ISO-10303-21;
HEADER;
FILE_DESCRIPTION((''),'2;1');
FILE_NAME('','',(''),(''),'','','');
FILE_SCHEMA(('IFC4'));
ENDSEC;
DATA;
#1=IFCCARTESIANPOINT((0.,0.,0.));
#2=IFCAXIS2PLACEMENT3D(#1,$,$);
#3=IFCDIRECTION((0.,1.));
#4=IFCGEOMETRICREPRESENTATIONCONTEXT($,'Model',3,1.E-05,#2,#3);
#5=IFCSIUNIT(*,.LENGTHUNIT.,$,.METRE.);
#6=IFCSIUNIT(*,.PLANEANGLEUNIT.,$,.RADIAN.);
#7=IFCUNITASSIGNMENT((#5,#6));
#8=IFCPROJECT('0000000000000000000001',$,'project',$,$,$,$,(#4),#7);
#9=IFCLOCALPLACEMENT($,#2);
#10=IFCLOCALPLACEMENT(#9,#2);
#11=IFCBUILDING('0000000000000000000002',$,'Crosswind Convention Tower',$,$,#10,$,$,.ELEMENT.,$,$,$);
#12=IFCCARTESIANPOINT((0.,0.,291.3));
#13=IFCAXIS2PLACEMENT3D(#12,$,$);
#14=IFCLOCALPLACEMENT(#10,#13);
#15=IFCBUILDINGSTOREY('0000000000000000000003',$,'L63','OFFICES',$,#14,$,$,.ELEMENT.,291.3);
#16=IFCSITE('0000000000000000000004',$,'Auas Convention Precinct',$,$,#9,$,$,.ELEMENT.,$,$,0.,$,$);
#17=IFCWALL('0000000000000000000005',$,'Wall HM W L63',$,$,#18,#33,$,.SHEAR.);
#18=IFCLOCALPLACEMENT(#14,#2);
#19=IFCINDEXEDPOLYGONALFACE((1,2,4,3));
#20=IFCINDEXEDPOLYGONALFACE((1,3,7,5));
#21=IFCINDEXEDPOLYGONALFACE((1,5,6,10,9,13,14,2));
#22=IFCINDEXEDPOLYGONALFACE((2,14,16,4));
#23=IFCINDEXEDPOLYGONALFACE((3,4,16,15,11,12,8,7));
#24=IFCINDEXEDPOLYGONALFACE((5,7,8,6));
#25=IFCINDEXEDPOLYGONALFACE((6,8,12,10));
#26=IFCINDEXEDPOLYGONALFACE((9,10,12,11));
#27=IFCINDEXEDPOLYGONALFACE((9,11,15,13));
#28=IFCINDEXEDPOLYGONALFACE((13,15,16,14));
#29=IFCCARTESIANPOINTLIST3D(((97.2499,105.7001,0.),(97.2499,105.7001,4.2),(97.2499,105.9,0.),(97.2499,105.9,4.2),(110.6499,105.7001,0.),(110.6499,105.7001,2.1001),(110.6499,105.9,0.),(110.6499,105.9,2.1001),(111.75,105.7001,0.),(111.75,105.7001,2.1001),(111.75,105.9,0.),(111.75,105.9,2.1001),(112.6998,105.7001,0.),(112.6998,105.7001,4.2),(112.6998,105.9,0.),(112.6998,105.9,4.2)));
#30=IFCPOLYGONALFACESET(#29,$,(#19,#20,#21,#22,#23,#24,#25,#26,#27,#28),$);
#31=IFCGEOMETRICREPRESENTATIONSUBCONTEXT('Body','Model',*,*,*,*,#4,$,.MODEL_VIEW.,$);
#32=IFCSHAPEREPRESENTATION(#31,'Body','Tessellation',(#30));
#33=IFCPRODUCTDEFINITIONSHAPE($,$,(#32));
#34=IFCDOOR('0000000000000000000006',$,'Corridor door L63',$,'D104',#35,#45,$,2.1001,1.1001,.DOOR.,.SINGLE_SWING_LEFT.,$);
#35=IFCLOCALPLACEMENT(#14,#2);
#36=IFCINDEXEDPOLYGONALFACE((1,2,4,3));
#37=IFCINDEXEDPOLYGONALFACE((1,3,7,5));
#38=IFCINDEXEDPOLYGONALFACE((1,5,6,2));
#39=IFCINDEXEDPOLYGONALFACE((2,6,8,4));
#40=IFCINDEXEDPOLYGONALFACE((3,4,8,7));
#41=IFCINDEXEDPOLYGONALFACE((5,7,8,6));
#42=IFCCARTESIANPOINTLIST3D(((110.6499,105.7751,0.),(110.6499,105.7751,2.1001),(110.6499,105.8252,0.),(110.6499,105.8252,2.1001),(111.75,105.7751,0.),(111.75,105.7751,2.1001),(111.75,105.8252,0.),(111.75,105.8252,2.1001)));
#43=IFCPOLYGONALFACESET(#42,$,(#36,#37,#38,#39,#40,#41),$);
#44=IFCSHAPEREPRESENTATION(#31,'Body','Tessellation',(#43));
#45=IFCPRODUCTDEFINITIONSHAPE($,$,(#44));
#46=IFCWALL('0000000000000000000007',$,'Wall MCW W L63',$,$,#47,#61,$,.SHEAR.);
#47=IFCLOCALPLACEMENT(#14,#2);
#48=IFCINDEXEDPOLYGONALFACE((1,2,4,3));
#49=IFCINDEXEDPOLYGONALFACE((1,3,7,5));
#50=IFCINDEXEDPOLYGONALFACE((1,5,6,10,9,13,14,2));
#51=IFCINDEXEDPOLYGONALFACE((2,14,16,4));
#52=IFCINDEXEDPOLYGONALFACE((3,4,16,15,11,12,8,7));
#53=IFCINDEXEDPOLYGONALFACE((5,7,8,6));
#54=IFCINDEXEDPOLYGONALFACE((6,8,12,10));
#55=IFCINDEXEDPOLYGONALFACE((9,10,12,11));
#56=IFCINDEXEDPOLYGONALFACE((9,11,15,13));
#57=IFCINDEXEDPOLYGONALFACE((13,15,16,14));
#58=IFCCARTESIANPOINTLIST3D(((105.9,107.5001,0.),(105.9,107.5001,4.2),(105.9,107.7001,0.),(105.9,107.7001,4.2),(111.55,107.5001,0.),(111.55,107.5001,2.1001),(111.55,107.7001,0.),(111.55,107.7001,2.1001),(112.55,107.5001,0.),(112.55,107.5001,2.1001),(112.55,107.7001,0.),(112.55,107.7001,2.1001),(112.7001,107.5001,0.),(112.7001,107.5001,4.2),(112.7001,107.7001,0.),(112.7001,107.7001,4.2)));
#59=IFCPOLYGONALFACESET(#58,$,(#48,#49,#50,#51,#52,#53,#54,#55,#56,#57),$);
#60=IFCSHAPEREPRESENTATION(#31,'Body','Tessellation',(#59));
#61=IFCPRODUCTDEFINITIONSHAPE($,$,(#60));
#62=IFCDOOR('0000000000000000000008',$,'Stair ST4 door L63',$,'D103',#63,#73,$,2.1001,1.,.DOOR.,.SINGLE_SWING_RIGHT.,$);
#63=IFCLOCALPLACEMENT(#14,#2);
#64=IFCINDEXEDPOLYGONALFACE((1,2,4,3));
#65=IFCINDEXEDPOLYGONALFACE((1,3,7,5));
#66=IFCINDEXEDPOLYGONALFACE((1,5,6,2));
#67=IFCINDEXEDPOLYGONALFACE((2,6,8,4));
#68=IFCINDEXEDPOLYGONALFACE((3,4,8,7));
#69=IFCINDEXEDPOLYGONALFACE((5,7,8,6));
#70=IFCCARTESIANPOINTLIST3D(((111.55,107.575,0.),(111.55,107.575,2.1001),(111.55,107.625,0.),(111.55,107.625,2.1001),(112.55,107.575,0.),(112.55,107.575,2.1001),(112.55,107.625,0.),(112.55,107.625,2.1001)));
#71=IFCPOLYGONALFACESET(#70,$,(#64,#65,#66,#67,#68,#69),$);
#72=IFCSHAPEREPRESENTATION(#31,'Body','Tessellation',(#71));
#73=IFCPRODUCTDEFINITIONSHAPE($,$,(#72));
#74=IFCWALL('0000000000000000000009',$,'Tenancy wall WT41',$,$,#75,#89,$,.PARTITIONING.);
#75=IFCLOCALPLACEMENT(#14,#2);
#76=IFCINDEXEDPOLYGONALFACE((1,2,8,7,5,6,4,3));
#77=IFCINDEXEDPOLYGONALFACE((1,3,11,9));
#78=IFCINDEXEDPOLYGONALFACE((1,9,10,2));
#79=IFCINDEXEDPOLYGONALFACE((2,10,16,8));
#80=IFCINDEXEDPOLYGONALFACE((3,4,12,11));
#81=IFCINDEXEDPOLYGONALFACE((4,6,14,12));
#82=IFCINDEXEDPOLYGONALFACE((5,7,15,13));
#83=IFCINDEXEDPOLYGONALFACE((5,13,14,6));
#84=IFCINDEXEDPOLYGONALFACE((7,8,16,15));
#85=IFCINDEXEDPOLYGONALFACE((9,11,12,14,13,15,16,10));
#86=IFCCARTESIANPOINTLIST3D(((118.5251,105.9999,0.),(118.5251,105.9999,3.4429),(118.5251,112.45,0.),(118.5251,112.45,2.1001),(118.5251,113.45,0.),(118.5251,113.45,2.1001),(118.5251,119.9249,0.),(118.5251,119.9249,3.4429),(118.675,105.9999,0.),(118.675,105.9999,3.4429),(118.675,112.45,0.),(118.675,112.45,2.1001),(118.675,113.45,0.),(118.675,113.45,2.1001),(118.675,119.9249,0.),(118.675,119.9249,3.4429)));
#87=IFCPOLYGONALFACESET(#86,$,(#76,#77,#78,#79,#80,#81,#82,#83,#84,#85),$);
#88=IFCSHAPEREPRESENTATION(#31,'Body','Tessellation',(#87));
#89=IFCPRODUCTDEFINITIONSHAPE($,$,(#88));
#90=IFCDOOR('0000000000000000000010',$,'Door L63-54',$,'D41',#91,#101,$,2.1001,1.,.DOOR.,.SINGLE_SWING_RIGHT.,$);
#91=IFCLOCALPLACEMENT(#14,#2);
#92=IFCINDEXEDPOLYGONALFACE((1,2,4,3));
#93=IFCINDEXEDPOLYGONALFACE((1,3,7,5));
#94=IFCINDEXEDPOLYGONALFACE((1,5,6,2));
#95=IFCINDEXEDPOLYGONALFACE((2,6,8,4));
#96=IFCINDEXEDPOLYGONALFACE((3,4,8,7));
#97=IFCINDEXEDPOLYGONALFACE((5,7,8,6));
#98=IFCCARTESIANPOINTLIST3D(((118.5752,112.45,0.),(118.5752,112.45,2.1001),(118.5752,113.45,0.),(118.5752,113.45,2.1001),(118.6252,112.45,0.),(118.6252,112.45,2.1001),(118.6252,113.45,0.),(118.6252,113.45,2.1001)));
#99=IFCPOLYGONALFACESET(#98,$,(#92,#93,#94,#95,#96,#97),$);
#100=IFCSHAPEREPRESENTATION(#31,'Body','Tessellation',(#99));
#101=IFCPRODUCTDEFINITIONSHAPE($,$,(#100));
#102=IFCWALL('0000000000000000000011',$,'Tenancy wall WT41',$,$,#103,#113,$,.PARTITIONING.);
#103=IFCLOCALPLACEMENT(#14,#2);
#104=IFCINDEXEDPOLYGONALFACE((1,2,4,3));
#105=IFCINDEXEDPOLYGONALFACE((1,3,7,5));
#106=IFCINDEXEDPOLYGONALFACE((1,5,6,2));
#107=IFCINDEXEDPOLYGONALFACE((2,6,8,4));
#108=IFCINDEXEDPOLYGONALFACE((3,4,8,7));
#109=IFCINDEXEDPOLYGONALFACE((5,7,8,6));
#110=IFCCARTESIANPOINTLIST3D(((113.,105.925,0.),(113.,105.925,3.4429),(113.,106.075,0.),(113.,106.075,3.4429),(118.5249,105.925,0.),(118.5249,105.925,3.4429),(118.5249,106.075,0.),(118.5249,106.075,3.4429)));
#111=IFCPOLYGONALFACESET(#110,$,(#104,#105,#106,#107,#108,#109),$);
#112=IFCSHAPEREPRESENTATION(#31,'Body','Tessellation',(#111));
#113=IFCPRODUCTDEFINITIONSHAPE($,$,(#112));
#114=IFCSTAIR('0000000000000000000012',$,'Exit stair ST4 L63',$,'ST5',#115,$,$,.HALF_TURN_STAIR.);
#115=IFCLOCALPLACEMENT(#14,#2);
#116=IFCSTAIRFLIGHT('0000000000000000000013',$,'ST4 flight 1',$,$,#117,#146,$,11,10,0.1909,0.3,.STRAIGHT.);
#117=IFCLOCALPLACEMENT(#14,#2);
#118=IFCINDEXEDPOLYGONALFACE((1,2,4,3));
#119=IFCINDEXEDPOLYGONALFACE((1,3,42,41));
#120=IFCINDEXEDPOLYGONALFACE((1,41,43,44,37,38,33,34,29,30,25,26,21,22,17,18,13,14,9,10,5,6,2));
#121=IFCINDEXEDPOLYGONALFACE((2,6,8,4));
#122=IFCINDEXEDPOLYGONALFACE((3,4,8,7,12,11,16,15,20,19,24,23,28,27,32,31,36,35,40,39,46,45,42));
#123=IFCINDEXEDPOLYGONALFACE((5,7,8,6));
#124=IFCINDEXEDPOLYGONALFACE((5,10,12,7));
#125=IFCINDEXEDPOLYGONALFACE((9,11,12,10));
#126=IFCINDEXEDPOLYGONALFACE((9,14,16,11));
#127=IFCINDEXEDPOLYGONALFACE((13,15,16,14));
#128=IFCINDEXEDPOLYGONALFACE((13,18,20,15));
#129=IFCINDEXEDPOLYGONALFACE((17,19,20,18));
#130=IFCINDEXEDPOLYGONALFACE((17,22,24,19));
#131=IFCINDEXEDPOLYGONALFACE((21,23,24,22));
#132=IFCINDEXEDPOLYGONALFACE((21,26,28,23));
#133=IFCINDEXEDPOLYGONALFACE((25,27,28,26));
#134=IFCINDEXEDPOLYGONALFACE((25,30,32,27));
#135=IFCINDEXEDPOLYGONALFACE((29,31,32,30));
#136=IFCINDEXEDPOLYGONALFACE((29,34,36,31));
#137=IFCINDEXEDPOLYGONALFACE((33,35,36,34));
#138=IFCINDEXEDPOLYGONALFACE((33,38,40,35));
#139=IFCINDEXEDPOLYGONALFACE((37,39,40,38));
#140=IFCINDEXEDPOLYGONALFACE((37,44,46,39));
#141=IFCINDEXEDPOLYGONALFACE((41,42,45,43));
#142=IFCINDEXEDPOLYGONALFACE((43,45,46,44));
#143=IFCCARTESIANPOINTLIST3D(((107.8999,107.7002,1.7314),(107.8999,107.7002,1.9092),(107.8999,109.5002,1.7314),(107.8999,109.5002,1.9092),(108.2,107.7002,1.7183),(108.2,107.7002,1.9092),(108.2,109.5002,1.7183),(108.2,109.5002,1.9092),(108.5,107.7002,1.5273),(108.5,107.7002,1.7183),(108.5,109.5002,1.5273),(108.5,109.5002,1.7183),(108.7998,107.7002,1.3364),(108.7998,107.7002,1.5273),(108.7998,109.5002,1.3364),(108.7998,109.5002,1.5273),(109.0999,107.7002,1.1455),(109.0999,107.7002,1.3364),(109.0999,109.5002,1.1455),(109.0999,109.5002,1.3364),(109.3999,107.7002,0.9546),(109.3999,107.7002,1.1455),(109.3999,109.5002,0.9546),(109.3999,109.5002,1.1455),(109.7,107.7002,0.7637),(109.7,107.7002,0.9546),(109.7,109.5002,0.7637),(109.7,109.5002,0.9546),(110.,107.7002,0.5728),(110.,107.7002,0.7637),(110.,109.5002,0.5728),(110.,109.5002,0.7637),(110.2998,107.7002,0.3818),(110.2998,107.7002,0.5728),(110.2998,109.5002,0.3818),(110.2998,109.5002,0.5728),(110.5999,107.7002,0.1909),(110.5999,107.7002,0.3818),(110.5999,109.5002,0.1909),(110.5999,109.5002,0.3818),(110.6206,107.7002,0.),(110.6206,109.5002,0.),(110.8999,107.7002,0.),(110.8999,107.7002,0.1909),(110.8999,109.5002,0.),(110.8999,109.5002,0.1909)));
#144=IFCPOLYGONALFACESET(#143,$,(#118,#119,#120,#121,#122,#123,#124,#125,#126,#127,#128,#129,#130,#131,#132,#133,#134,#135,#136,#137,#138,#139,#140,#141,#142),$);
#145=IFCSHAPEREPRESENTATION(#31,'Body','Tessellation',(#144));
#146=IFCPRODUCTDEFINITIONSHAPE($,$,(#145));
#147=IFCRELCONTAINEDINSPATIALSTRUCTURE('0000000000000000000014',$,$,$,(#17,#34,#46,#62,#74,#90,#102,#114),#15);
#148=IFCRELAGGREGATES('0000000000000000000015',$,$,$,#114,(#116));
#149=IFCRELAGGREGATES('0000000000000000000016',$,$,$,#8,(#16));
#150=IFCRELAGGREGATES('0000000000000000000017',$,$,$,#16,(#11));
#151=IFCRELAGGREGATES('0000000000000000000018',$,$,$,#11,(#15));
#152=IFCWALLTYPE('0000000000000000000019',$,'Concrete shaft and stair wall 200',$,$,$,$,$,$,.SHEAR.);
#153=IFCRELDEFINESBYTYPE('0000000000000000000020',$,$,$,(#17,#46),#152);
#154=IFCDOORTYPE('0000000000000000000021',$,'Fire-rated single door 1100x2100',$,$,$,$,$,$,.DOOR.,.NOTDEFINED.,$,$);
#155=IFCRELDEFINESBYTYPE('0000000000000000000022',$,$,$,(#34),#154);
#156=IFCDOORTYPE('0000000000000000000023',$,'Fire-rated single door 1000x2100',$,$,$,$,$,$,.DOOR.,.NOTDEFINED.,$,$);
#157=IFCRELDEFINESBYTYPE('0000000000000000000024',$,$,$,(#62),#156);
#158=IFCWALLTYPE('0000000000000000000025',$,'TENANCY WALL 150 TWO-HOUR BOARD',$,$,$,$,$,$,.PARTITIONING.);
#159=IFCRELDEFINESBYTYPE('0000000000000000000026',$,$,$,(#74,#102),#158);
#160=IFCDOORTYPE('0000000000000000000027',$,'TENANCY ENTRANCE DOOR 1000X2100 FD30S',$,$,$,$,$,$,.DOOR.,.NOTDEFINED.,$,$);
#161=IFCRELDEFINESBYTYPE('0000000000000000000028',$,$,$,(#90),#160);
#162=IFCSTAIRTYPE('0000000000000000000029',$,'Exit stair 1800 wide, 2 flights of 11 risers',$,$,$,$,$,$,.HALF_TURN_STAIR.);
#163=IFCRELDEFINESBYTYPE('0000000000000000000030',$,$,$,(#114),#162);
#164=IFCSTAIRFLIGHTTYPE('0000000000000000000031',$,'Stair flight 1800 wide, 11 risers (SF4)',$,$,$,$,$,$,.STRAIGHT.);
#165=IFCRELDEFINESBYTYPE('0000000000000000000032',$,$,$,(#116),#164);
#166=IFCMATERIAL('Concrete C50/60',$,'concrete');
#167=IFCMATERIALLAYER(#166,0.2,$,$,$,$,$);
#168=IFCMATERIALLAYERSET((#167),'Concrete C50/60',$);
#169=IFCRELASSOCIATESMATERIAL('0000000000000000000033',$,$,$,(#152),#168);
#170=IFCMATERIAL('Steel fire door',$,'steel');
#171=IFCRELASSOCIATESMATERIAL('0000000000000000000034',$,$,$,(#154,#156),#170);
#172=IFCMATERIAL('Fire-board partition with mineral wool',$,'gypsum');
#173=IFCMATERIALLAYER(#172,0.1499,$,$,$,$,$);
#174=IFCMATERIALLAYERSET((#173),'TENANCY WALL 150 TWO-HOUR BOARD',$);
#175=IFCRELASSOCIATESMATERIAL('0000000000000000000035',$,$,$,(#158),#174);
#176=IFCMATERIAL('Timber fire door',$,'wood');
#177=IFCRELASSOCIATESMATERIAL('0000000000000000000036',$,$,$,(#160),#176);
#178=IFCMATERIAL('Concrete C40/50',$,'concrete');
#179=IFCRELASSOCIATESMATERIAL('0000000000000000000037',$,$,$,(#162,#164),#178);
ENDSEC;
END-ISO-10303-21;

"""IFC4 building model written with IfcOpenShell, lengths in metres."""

from ifc_helpers import new_model, si_unit, direction, frame, frame_2d, origin, place, context, subcontext, project, spatial, polyline, rectangle, outline, extrude, material, layer, layer_set, type_object, element, fill, aggregate, save


model = new_model("IFC4")

# Units and contexts
model_context = context("Model", 3, precision=1e-05, world=origin(), true_north=direction((0.0, 1.0)))
body_context = subcontext(model_context, "Body", "Model", "MODEL_VIEW")
ifc_project = project(units=[si_unit("LENGTHUNIT", "METRE"), si_unit("PLANEANGLEUNIT", "RADIAN")], contexts=[model_context])

# Site, building, storey
site_placement = place(None, origin())
site = spatial("IfcSite", under=ifc_project, at=site_placement, Name="Auas Convention Precinct", CompositionType="ELEMENT", RefElevation=0.0)
building_placement = place(site_placement, origin())
building = spatial("IfcBuilding", under=site, at=building_placement, Name="Crosswind Convention Tower", CompositionType="ELEMENT")
storey_placement = place(building_placement, frame((0.0, 0.0, 291.3)))
storey = spatial("IfcBuildingStorey", under=building, at=storey_placement, Name="L63", Description="OFFICES", CompositionType="ELEMENT", Elevation=291.3)

# Shared definitions
ifc_material_1 = material(Name="Concrete C50/60", Category="concrete")

# Walls, openings, doors
ifc_layer_1 = layer(ifc_material_1, 0.2)
ifc_layer_set_1 = layer_set([ifc_layer_1], Name="Concrete C50/60")
wall_type_1 = type_object("IfcWallType", Name="Concrete shaft and stair wall 200", PredefinedType="SHEAR", material=ifc_layer_set_1)
wall_1_placement = place(storey_placement, frame((112.7, 105.8, 0.0), z_axis=(0.0, 0.0, 1.0), x_axis=(-1.0, 0.0, 0.0)))
wall_1 = element("IfcWall", 1, at=wall_1_placement, inside=storey, type_object=wall_type_1, Name="Wall HM W L63", PredefinedType="SHEAR", context=body_context, shape_type="SweptSolid", body=[
    extrude(rectangle(XDim=15.45, YDim=0.2, at=frame_2d((7.7251, 0.0))), origin(), (0.0, 0.0, 1.0), 4.2),
])
opening_1_placement = place(wall_1_placement, frame((0.95, 0.0, 0.0)))
opening_1 = element("IfcOpeningElement", 2, at=opening_1_placement, cuts=wall_1, PredefinedType="OPENING", context=body_context, shape_type="SweptSolid", body=[
    extrude(rectangle(XDim=1.1001, YDim=2.1001, at=frame_2d((0.55, 1.05))), frame((0.0, 0.1099, 0.0), z_axis=(0.0, -1.0, 0.0), x_axis=(1.0, 0.0, 0.0)), (0.0, 0.0, 1.0), 0.22),
])
ifc_material_2 = material(Name="Steel fire door", Category="steel")
door_type_1 = type_object("IfcDoorType", Name="Fire-rated single door 1100x2100", OperationType="NOTDEFINED", PredefinedType="DOOR", material=ifc_material_2)
door_1_placement = place(opening_1_placement, origin())
door_1 = element("IfcDoor", 3, at=door_1_placement, inside=storey, type_object=door_type_1, Name="Corridor door L63", ObjectType="D104", OperationType="SINGLE_SWING_LEFT", OverallHeight=2.1001, OverallWidth=1.1001, PredefinedType="DOOR", context=body_context, shape_type="SweptSolid", body=[
    extrude(rectangle(XDim=1.1001, YDim=2.1001, at=frame_2d((0.55, 1.05))), frame((0.0, 0.0249, 0.0), z_axis=(0.0, -1.0, 0.0), x_axis=(1.0, 0.0, 0.0)), (0.0, 0.0, 1.0), 0.05),
])
fill(opening_1, door_1)
wall_2_placement = place(storey_placement, frame((112.7, 107.6001, 0.0), z_axis=(0.0, 0.0, 1.0), x_axis=(-1.0, 0.0, 0.0)))
wall_2 = element("IfcWall", 4, at=wall_2_placement, inside=storey, type_object=wall_type_1, Name="Wall MCW W L63", PredefinedType="SHEAR", context=body_context, shape_type="SweptSolid", body=[
    extrude(rectangle(XDim=6.8, YDim=0.2, at=frame_2d((3.3999, 0.0))), origin(), (0.0, 0.0, 1.0), 4.2),
])
opening_2_placement = place(wall_2_placement, frame((0.1499, 0.0, 0.0)))
opening_2 = element("IfcOpeningElement", 5, at=opening_2_placement, cuts=wall_2, PredefinedType="OPENING", context=body_context, shape_type="SweptSolid", body=[
    extrude(rectangle(XDim=1.0, YDim=2.1001, at=frame_2d((0.5, 1.05))), frame((0.0, 0.1099, 0.0), z_axis=(0.0, -1.0, 0.0), x_axis=(1.0, 0.0, 0.0)), (0.0, 0.0, 1.0), 0.22),
])
door_type_2 = type_object("IfcDoorType", Name="Fire-rated single door 1000x2100", OperationType="NOTDEFINED", PredefinedType="DOOR", material=ifc_material_2)
door_2_placement = place(opening_2_placement, frame((1.0, 0.0, 0.0), z_axis=(0.0, 0.0, 1.0), x_axis=(-1.0, 0.0, 0.0)))
door_2 = element("IfcDoor", 6, at=door_2_placement, inside=storey, type_object=door_type_2, Name="Stair ST4 door L63", ObjectType="D103", OperationType="SINGLE_SWING_RIGHT", OverallHeight=2.1001, OverallWidth=1.0, PredefinedType="DOOR", context=body_context, shape_type="SweptSolid", body=[
    extrude(rectangle(XDim=1.0, YDim=2.1001, at=frame_2d((0.5, 1.05))), frame((0.0, 0.0249, 0.0), z_axis=(0.0, -1.0, 0.0), x_axis=(1.0, 0.0, 0.0)), (0.0, 0.0, 1.0), 0.05),
])
fill(opening_2, door_2)
ifc_material_3 = material(Name="Fire-board partition with mineral wool", Category="gypsum")
ifc_layer_2 = layer(ifc_material_3, 0.1499)
ifc_layer_set_2 = layer_set([ifc_layer_2], Name="TENANCY WALL 150 TWO-HOUR BOARD")
wall_type_2 = type_object("IfcWallType", Name="TENANCY WALL 150 TWO-HOUR BOARD", PredefinedType="PARTITIONING", material=ifc_layer_set_2)
wall_3_placement = place(storey_placement, frame((118.6001, 106.0, 0.0), z_axis=(0.0, 0.0, 1.0), x_axis=(0.0, 1.0, 0.0)))
wall_3 = element("IfcWall", 7, at=wall_3_placement, inside=storey, type_object=wall_type_2, Name="Tenancy wall WT41", PredefinedType="PARTITIONING", context=body_context, shape_type="SweptSolid", body=[
    extrude(rectangle(XDim=13.925, YDim=0.1499, at=frame_2d((6.9624, 0.0))), origin(), (0.0, 0.0, 1.0), 3.4429),
])
opening_3_placement = place(wall_3_placement, frame((6.45, 0.0, 0.0)))
opening_3 = element("IfcOpeningElement", 8, at=opening_3_placement, cuts=wall_3, PredefinedType="OPENING", context=body_context, shape_type="SweptSolid", body=[
    extrude(rectangle(XDim=1.0, YDim=2.1001, at=frame_2d((0.5, 1.05))), frame((0.0, 0.085, 0.0), z_axis=(0.0, -1.0, 0.0), x_axis=(1.0, 0.0, 0.0)), (0.0, 0.0, 1.0), 0.1699),
])
ifc_material_4 = material(Name="Timber fire door", Category="wood")
door_type_3 = type_object("IfcDoorType", Name="TENANCY ENTRANCE DOOR 1000X2100 FD30S", OperationType="NOTDEFINED", PredefinedType="DOOR", material=ifc_material_4)
door_3_placement = place(opening_3_placement, origin())
door_3 = element("IfcDoor", 9, at=door_3_placement, inside=storey, type_object=door_type_3, Name="Door L63-54", ObjectType="D41", OperationType="SINGLE_SWING_RIGHT", OverallHeight=2.1001, OverallWidth=1.0, PredefinedType="DOOR", context=body_context, shape_type="SweptSolid", body=[
    extrude(rectangle(XDim=1.0, YDim=2.1001, at=frame_2d((0.5, 1.05))), frame((0.0, 0.0249, 0.0), z_axis=(0.0, -1.0, 0.0), x_axis=(1.0, 0.0, 0.0)), (0.0, 0.0, 1.0), 0.05),
])
fill(opening_3, door_3)

# Wall
wall_4_placement = place(storey_placement, frame((113.0, 106.0, 0.0), z_axis=(0.0, 0.0, 1.0), x_axis=(1.0, 0.0, 0.0)))
element("IfcWall", 10, at=wall_4_placement, inside=storey, type_object=wall_type_2, Name="Tenancy wall WT41", PredefinedType="PARTITIONING", context=body_context, shape_type="SweptSolid", body=[
    extrude(rectangle(XDim=5.5249, YDim=0.1499, at=frame_2d((2.7625, 0.0))), origin(), (0.0, 0.0, 1.0), 3.4429),
])

# Stair, stair flight
ifc_material_5 = material(Name="Concrete C40/50", Category="concrete")
stair_type = type_object("IfcStairType", Name="Exit stair 1800 wide, 2 flights of 11 risers", PredefinedType="HALF_TURN_STAIR", material=ifc_material_5)
stair_placement = place(storey_placement, origin())
stair = element("IfcStair", 11, at=stair_placement, inside=storey, type_object=stair_type, Name="Exit stair ST4 L63", ObjectType="ST5", PredefinedType="HALF_TURN_STAIR")
stair_flight_type = type_object("IfcStairFlightType", Name="Stair flight 1800 wide, 11 risers (SF4)", PredefinedType="STRAIGHT", material=ifc_material_5)
stair_flight_placement = place(storey_placement, frame((110.8999, 108.6001, 0.0), z_axis=(0.0, 0.0, 1.0), x_axis=(-1.0, 0.0, 0.0)))
stair_flight = element("IfcStairFlight", 12, at=stair_flight_placement, type_object=stair_flight_type, Name="ST4 flight 1", NumberOfRisers=11, NumberOfTreads=10, PredefinedType="STRAIGHT", RiserHeight=0.1909, TreadLength=0.3, context=body_context, shape_type="SweptSolid", body=[
    extrude(outline(polyline([(0.0, 0.0), (0.0, 0.1909), (0.3, 0.1909), (0.3, 0.3818), (0.6001, 0.3818), (0.6001, 0.5728), (0.8999, 0.5728), (0.8999, 0.7637), (1.2, 0.7637), (1.2, 0.9546), (1.5, 0.9546), (1.5, 1.1455), (1.8, 1.1455), (1.8, 1.3364), (2.1001, 1.3364), (2.1001, 1.5273), (2.3999, 1.5273), (2.3999, 1.7183), (2.7, 1.7183), (2.7, 1.9092), (3.0, 1.9092), (3.0, 2.1001), (3.0, 1.7314), (0.2793, 0.0), (0.0, 0.0)])), frame((0.0, 0.8999, 0.0), z_axis=(0.0, -1.0, 0.0), x_axis=(1.0, 0.0, 0.0)), (0.0, 0.0, 1.0), 1.8),
])
aggregate(stair, [stair_flight])

save(model, "model.ifc")
